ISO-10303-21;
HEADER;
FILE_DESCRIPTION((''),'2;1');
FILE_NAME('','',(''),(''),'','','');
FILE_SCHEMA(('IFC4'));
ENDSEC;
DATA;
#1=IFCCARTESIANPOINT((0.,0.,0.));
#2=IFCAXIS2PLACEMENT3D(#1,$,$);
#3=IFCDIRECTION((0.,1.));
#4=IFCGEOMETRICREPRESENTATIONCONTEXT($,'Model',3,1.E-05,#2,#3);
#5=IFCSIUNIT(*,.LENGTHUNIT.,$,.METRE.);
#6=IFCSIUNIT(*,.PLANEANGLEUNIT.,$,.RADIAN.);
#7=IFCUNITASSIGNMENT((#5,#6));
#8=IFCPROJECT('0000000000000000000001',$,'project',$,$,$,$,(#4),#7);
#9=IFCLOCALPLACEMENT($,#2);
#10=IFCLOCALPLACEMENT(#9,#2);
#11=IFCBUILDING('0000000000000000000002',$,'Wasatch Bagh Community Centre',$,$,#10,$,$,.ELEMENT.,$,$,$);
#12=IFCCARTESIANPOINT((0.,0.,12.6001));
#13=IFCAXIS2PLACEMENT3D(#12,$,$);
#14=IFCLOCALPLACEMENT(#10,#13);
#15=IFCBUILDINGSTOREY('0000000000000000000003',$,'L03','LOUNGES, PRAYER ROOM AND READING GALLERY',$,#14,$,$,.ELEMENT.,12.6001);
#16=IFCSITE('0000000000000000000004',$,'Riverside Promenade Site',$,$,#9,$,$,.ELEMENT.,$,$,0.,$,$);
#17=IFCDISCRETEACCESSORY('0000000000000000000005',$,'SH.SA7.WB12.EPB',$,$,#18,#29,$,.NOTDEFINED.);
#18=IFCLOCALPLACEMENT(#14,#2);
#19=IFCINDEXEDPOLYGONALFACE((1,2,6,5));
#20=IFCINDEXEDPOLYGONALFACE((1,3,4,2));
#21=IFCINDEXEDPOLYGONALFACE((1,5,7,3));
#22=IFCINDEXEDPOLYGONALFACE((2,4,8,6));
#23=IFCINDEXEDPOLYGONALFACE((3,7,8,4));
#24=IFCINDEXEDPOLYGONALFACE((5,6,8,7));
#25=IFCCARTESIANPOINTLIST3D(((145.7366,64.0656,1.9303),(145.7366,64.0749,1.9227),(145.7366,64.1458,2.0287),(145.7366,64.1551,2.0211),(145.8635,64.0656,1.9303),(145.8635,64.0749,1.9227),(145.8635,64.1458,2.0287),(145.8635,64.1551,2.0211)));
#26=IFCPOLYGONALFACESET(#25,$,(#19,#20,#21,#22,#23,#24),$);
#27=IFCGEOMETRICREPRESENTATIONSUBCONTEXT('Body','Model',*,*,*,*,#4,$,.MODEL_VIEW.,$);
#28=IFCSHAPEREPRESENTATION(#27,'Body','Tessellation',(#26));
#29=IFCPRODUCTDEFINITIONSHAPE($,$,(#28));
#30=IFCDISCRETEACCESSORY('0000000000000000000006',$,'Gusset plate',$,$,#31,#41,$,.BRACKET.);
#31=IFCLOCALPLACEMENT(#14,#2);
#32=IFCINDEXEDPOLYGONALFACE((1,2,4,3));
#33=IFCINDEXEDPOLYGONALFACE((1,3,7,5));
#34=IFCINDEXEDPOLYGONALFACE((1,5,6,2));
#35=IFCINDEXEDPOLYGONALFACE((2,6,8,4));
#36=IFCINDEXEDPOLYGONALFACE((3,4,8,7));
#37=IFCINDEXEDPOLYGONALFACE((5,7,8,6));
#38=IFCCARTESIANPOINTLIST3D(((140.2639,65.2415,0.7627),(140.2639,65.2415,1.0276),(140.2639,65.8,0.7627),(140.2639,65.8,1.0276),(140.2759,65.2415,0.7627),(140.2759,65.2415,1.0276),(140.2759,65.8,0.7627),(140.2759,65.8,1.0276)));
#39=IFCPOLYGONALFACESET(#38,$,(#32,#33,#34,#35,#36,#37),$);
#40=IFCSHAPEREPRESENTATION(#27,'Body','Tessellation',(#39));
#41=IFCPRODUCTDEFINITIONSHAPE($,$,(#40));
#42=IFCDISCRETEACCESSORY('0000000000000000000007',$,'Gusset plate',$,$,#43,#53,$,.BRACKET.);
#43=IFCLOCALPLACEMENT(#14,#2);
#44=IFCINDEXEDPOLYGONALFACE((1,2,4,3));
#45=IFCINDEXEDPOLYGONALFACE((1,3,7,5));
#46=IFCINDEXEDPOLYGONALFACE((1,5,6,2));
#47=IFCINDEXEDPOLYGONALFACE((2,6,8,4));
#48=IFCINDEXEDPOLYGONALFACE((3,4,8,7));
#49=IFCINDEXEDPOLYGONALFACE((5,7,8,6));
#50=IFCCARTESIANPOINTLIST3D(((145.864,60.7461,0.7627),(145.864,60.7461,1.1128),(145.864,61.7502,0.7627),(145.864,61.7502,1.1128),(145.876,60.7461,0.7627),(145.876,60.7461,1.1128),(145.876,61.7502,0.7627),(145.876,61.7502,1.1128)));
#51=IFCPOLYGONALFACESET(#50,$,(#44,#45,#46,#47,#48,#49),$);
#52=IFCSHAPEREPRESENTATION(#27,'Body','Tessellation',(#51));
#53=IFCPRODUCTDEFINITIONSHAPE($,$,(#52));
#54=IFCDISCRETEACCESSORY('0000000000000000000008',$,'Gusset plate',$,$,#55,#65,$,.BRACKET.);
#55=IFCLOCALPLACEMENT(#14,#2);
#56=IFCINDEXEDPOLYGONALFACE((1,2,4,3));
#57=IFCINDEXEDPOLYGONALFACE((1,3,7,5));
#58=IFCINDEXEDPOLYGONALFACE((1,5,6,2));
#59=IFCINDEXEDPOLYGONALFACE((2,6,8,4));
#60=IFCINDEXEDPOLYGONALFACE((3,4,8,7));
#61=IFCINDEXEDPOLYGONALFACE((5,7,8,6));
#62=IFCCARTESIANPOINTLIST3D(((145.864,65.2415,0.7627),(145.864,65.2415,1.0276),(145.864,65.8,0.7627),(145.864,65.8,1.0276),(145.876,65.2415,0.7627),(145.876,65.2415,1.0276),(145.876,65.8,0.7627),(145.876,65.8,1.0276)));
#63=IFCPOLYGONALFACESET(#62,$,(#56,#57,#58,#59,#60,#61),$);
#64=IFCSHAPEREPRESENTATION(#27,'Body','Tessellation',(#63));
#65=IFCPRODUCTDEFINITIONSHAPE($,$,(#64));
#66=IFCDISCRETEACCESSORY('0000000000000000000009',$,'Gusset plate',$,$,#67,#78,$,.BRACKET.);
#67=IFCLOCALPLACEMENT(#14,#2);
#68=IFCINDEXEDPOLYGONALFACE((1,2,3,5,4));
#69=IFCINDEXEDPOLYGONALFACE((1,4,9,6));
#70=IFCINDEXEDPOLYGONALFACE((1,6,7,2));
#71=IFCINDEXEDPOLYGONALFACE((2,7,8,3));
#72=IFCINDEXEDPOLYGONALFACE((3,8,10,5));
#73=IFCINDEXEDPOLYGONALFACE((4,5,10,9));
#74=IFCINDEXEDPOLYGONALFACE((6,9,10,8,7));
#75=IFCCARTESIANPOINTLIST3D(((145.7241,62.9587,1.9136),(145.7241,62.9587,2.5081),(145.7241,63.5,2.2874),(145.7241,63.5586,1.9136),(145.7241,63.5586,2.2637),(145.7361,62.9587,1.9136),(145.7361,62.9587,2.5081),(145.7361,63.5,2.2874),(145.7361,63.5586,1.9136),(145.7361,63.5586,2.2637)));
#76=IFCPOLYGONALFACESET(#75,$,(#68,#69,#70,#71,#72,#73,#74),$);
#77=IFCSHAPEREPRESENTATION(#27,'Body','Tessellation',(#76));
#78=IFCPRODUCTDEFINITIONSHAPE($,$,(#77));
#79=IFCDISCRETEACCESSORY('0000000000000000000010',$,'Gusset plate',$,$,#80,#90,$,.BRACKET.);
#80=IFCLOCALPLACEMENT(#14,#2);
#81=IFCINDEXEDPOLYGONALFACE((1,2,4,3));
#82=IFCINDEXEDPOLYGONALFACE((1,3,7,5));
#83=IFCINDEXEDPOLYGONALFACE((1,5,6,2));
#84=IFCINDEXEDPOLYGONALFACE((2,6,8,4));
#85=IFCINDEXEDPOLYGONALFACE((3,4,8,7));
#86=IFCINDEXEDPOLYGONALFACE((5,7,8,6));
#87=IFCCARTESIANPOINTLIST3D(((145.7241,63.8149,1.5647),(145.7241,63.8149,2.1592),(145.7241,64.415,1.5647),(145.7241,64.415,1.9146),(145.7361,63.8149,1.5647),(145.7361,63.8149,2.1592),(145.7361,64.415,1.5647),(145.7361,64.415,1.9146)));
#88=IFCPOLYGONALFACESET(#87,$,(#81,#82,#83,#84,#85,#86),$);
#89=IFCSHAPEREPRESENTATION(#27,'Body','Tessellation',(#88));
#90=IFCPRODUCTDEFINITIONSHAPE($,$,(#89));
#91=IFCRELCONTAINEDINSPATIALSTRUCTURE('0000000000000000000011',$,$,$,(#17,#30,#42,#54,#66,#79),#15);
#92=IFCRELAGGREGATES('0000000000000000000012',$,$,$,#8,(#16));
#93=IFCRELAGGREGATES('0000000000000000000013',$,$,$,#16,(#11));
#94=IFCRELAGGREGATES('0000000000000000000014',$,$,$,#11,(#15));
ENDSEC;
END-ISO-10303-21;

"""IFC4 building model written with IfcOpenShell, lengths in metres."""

from ifc_helpers import new_model, si_unit, direction, frame, origin, origin_2d, place, context, subcontext, project, spatial, polyline, rectangle, outline, extrude, element, save


model = new_model("IFC4")

# Units and contexts
model_context = context("Model", 3, precision=1e-05, world=origin(), true_north=direction((0.0, 1.0)))
body_context = subcontext(model_context, "Body", "Model", "MODEL_VIEW")
ifc_project = project(units=[si_unit("LENGTHUNIT", "METRE"), si_unit("PLANEANGLEUNIT", "RADIAN")], contexts=[model_context])

# Site, building, storey
site_placement = place(None, origin())
site = spatial("IfcSite", under=ifc_project, at=site_placement, Name="Riverside Promenade Site", CompositionType="ELEMENT", RefElevation=0.0)
building_placement = place(site_placement, origin())
building = spatial("IfcBuilding", under=site, at=building_placement, Name="Wasatch Bagh Community Centre", CompositionType="ELEMENT")
storey_placement = place(building_placement, frame((0.0, 0.0, 12.6001)))
storey = spatial("IfcBuildingStorey", under=building, at=storey_placement, Name="L03", Description="LOUNGES, PRAYER ROOM AND READING GALLERY", CompositionType="ELEMENT", Elevation=12.6001)

# Discrete accessories
discrete_accessory_1_placement = place(storey_placement, frame((145.8, 64.115, 1.9719), z_axis=(0.0, -0.774865, 0.632127), x_axis=(1.0, 0.0, 0.0)))
element("IfcDiscreteAccessory", 1, at=discrete_accessory_1_placement, inside=storey, Name="SH.SA7.WB12.EPB", PredefinedType="NOTDEFINED", context=body_context, shape_type="SweptSolid", body=[
    extrude(rectangle(XDim=0.127, YDim=0.127, at=origin_2d()), origin(), (0.0, 0.0, 1.0), 0.012),
])
discrete_accessory_2_placement = place(storey_placement, frame((140.2759, 65.2415, 0.7627), z_axis=(1.0, 0.0, 0.0), x_axis=(0.0, 1.0, 0.0)))
element("IfcDiscreteAccessory", 2, at=discrete_accessory_2_placement, inside=storey, Name="Gusset plate", PredefinedType="BRACKET", context=body_context, shape_type="SweptSolid", body=[
    extrude(outline(polyline([(0.0, 0.0), (0.5586, 0.0), (0.5586, 0.2649), (0.0, 0.2649), (0.0, 0.0)])), origin(), (0.0, 0.0, -1.0), 0.012),
])
discrete_accessory_3_placement = place(storey_placement, frame((145.876, 60.7461, 0.7627), z_axis=(1.0, 0.0, 0.0), x_axis=(0.0, 1.0, 0.0)))
element("IfcDiscreteAccessory", 3, at=discrete_accessory_3_placement, inside=storey, Name="Gusset plate", PredefinedType="BRACKET", context=body_context, shape_type="SweptSolid", body=[
    extrude(outline(polyline([(0.0, 0.0), (1.0042, 0.0), (1.0042, 0.3501), (0.0, 0.3501), (0.0, 0.0)])), origin(), (0.0, 0.0, -1.0), 0.012),
])
discrete_accessory_4_placement = place(storey_placement, frame((145.876, 65.2415, 0.7627), z_axis=(1.0, 0.0, 0.0), x_axis=(0.0, 1.0, 0.0)))
element("IfcDiscreteAccessory", 4, at=discrete_accessory_4_placement, inside=storey, Name="Gusset plate", PredefinedType="BRACKET", context=body_context, shape_type="SweptSolid", body=[
    extrude(outline(polyline([(0.0, 0.0), (0.5586, 0.0), (0.5586, 0.2649), (0.0, 0.2649), (0.0, 0.0)])), origin(), (0.0, 0.0, -1.0), 0.012),
])
discrete_accessory_5_placement = place(storey_placement, frame((145.7241, 62.9587, 2.5081), z_axis=(-1.0, 0.0, 0.0), x_axis=(0.0, 0.925979, -0.377575)))
element("IfcDiscreteAccessory", 5, at=discrete_accessory_5_placement, inside=storey, Name="Gusset plate", PredefinedType="BRACKET", context=body_context, shape_type="SweptSolid", body=[
    extrude(outline(polyline([(0.0, 0.0), (0.5845, 0.0), (0.6477, -0.0002), (0.7799, 0.324), (0.2245, 0.5505), (0.0, 0.0)])), origin(), (0.0, 0.0, -1.0), 0.012),
])
discrete_accessory_6_placement = place(storey_placement, frame((145.7241, 63.8149, 2.1592), z_axis=(-1.0, 0.0, 0.0), x_axis=(0.0, 0.926014, -0.377488)))
element("IfcDiscreteAccessory", 6, at=discrete_accessory_6_placement, inside=storey, Name="Gusset plate", PredefinedType="BRACKET", context=body_context, shape_type="SweptSolid", body=[
    extrude(outline(polyline([(0.0, 0.0), (0.648, 0.0), (0.7801, 0.324), (0.2244, 0.5505), (0.0, 0.0)])), origin(), (0.0, 0.0, -1.0), 0.012),
])

save(model, "model.ifc")
